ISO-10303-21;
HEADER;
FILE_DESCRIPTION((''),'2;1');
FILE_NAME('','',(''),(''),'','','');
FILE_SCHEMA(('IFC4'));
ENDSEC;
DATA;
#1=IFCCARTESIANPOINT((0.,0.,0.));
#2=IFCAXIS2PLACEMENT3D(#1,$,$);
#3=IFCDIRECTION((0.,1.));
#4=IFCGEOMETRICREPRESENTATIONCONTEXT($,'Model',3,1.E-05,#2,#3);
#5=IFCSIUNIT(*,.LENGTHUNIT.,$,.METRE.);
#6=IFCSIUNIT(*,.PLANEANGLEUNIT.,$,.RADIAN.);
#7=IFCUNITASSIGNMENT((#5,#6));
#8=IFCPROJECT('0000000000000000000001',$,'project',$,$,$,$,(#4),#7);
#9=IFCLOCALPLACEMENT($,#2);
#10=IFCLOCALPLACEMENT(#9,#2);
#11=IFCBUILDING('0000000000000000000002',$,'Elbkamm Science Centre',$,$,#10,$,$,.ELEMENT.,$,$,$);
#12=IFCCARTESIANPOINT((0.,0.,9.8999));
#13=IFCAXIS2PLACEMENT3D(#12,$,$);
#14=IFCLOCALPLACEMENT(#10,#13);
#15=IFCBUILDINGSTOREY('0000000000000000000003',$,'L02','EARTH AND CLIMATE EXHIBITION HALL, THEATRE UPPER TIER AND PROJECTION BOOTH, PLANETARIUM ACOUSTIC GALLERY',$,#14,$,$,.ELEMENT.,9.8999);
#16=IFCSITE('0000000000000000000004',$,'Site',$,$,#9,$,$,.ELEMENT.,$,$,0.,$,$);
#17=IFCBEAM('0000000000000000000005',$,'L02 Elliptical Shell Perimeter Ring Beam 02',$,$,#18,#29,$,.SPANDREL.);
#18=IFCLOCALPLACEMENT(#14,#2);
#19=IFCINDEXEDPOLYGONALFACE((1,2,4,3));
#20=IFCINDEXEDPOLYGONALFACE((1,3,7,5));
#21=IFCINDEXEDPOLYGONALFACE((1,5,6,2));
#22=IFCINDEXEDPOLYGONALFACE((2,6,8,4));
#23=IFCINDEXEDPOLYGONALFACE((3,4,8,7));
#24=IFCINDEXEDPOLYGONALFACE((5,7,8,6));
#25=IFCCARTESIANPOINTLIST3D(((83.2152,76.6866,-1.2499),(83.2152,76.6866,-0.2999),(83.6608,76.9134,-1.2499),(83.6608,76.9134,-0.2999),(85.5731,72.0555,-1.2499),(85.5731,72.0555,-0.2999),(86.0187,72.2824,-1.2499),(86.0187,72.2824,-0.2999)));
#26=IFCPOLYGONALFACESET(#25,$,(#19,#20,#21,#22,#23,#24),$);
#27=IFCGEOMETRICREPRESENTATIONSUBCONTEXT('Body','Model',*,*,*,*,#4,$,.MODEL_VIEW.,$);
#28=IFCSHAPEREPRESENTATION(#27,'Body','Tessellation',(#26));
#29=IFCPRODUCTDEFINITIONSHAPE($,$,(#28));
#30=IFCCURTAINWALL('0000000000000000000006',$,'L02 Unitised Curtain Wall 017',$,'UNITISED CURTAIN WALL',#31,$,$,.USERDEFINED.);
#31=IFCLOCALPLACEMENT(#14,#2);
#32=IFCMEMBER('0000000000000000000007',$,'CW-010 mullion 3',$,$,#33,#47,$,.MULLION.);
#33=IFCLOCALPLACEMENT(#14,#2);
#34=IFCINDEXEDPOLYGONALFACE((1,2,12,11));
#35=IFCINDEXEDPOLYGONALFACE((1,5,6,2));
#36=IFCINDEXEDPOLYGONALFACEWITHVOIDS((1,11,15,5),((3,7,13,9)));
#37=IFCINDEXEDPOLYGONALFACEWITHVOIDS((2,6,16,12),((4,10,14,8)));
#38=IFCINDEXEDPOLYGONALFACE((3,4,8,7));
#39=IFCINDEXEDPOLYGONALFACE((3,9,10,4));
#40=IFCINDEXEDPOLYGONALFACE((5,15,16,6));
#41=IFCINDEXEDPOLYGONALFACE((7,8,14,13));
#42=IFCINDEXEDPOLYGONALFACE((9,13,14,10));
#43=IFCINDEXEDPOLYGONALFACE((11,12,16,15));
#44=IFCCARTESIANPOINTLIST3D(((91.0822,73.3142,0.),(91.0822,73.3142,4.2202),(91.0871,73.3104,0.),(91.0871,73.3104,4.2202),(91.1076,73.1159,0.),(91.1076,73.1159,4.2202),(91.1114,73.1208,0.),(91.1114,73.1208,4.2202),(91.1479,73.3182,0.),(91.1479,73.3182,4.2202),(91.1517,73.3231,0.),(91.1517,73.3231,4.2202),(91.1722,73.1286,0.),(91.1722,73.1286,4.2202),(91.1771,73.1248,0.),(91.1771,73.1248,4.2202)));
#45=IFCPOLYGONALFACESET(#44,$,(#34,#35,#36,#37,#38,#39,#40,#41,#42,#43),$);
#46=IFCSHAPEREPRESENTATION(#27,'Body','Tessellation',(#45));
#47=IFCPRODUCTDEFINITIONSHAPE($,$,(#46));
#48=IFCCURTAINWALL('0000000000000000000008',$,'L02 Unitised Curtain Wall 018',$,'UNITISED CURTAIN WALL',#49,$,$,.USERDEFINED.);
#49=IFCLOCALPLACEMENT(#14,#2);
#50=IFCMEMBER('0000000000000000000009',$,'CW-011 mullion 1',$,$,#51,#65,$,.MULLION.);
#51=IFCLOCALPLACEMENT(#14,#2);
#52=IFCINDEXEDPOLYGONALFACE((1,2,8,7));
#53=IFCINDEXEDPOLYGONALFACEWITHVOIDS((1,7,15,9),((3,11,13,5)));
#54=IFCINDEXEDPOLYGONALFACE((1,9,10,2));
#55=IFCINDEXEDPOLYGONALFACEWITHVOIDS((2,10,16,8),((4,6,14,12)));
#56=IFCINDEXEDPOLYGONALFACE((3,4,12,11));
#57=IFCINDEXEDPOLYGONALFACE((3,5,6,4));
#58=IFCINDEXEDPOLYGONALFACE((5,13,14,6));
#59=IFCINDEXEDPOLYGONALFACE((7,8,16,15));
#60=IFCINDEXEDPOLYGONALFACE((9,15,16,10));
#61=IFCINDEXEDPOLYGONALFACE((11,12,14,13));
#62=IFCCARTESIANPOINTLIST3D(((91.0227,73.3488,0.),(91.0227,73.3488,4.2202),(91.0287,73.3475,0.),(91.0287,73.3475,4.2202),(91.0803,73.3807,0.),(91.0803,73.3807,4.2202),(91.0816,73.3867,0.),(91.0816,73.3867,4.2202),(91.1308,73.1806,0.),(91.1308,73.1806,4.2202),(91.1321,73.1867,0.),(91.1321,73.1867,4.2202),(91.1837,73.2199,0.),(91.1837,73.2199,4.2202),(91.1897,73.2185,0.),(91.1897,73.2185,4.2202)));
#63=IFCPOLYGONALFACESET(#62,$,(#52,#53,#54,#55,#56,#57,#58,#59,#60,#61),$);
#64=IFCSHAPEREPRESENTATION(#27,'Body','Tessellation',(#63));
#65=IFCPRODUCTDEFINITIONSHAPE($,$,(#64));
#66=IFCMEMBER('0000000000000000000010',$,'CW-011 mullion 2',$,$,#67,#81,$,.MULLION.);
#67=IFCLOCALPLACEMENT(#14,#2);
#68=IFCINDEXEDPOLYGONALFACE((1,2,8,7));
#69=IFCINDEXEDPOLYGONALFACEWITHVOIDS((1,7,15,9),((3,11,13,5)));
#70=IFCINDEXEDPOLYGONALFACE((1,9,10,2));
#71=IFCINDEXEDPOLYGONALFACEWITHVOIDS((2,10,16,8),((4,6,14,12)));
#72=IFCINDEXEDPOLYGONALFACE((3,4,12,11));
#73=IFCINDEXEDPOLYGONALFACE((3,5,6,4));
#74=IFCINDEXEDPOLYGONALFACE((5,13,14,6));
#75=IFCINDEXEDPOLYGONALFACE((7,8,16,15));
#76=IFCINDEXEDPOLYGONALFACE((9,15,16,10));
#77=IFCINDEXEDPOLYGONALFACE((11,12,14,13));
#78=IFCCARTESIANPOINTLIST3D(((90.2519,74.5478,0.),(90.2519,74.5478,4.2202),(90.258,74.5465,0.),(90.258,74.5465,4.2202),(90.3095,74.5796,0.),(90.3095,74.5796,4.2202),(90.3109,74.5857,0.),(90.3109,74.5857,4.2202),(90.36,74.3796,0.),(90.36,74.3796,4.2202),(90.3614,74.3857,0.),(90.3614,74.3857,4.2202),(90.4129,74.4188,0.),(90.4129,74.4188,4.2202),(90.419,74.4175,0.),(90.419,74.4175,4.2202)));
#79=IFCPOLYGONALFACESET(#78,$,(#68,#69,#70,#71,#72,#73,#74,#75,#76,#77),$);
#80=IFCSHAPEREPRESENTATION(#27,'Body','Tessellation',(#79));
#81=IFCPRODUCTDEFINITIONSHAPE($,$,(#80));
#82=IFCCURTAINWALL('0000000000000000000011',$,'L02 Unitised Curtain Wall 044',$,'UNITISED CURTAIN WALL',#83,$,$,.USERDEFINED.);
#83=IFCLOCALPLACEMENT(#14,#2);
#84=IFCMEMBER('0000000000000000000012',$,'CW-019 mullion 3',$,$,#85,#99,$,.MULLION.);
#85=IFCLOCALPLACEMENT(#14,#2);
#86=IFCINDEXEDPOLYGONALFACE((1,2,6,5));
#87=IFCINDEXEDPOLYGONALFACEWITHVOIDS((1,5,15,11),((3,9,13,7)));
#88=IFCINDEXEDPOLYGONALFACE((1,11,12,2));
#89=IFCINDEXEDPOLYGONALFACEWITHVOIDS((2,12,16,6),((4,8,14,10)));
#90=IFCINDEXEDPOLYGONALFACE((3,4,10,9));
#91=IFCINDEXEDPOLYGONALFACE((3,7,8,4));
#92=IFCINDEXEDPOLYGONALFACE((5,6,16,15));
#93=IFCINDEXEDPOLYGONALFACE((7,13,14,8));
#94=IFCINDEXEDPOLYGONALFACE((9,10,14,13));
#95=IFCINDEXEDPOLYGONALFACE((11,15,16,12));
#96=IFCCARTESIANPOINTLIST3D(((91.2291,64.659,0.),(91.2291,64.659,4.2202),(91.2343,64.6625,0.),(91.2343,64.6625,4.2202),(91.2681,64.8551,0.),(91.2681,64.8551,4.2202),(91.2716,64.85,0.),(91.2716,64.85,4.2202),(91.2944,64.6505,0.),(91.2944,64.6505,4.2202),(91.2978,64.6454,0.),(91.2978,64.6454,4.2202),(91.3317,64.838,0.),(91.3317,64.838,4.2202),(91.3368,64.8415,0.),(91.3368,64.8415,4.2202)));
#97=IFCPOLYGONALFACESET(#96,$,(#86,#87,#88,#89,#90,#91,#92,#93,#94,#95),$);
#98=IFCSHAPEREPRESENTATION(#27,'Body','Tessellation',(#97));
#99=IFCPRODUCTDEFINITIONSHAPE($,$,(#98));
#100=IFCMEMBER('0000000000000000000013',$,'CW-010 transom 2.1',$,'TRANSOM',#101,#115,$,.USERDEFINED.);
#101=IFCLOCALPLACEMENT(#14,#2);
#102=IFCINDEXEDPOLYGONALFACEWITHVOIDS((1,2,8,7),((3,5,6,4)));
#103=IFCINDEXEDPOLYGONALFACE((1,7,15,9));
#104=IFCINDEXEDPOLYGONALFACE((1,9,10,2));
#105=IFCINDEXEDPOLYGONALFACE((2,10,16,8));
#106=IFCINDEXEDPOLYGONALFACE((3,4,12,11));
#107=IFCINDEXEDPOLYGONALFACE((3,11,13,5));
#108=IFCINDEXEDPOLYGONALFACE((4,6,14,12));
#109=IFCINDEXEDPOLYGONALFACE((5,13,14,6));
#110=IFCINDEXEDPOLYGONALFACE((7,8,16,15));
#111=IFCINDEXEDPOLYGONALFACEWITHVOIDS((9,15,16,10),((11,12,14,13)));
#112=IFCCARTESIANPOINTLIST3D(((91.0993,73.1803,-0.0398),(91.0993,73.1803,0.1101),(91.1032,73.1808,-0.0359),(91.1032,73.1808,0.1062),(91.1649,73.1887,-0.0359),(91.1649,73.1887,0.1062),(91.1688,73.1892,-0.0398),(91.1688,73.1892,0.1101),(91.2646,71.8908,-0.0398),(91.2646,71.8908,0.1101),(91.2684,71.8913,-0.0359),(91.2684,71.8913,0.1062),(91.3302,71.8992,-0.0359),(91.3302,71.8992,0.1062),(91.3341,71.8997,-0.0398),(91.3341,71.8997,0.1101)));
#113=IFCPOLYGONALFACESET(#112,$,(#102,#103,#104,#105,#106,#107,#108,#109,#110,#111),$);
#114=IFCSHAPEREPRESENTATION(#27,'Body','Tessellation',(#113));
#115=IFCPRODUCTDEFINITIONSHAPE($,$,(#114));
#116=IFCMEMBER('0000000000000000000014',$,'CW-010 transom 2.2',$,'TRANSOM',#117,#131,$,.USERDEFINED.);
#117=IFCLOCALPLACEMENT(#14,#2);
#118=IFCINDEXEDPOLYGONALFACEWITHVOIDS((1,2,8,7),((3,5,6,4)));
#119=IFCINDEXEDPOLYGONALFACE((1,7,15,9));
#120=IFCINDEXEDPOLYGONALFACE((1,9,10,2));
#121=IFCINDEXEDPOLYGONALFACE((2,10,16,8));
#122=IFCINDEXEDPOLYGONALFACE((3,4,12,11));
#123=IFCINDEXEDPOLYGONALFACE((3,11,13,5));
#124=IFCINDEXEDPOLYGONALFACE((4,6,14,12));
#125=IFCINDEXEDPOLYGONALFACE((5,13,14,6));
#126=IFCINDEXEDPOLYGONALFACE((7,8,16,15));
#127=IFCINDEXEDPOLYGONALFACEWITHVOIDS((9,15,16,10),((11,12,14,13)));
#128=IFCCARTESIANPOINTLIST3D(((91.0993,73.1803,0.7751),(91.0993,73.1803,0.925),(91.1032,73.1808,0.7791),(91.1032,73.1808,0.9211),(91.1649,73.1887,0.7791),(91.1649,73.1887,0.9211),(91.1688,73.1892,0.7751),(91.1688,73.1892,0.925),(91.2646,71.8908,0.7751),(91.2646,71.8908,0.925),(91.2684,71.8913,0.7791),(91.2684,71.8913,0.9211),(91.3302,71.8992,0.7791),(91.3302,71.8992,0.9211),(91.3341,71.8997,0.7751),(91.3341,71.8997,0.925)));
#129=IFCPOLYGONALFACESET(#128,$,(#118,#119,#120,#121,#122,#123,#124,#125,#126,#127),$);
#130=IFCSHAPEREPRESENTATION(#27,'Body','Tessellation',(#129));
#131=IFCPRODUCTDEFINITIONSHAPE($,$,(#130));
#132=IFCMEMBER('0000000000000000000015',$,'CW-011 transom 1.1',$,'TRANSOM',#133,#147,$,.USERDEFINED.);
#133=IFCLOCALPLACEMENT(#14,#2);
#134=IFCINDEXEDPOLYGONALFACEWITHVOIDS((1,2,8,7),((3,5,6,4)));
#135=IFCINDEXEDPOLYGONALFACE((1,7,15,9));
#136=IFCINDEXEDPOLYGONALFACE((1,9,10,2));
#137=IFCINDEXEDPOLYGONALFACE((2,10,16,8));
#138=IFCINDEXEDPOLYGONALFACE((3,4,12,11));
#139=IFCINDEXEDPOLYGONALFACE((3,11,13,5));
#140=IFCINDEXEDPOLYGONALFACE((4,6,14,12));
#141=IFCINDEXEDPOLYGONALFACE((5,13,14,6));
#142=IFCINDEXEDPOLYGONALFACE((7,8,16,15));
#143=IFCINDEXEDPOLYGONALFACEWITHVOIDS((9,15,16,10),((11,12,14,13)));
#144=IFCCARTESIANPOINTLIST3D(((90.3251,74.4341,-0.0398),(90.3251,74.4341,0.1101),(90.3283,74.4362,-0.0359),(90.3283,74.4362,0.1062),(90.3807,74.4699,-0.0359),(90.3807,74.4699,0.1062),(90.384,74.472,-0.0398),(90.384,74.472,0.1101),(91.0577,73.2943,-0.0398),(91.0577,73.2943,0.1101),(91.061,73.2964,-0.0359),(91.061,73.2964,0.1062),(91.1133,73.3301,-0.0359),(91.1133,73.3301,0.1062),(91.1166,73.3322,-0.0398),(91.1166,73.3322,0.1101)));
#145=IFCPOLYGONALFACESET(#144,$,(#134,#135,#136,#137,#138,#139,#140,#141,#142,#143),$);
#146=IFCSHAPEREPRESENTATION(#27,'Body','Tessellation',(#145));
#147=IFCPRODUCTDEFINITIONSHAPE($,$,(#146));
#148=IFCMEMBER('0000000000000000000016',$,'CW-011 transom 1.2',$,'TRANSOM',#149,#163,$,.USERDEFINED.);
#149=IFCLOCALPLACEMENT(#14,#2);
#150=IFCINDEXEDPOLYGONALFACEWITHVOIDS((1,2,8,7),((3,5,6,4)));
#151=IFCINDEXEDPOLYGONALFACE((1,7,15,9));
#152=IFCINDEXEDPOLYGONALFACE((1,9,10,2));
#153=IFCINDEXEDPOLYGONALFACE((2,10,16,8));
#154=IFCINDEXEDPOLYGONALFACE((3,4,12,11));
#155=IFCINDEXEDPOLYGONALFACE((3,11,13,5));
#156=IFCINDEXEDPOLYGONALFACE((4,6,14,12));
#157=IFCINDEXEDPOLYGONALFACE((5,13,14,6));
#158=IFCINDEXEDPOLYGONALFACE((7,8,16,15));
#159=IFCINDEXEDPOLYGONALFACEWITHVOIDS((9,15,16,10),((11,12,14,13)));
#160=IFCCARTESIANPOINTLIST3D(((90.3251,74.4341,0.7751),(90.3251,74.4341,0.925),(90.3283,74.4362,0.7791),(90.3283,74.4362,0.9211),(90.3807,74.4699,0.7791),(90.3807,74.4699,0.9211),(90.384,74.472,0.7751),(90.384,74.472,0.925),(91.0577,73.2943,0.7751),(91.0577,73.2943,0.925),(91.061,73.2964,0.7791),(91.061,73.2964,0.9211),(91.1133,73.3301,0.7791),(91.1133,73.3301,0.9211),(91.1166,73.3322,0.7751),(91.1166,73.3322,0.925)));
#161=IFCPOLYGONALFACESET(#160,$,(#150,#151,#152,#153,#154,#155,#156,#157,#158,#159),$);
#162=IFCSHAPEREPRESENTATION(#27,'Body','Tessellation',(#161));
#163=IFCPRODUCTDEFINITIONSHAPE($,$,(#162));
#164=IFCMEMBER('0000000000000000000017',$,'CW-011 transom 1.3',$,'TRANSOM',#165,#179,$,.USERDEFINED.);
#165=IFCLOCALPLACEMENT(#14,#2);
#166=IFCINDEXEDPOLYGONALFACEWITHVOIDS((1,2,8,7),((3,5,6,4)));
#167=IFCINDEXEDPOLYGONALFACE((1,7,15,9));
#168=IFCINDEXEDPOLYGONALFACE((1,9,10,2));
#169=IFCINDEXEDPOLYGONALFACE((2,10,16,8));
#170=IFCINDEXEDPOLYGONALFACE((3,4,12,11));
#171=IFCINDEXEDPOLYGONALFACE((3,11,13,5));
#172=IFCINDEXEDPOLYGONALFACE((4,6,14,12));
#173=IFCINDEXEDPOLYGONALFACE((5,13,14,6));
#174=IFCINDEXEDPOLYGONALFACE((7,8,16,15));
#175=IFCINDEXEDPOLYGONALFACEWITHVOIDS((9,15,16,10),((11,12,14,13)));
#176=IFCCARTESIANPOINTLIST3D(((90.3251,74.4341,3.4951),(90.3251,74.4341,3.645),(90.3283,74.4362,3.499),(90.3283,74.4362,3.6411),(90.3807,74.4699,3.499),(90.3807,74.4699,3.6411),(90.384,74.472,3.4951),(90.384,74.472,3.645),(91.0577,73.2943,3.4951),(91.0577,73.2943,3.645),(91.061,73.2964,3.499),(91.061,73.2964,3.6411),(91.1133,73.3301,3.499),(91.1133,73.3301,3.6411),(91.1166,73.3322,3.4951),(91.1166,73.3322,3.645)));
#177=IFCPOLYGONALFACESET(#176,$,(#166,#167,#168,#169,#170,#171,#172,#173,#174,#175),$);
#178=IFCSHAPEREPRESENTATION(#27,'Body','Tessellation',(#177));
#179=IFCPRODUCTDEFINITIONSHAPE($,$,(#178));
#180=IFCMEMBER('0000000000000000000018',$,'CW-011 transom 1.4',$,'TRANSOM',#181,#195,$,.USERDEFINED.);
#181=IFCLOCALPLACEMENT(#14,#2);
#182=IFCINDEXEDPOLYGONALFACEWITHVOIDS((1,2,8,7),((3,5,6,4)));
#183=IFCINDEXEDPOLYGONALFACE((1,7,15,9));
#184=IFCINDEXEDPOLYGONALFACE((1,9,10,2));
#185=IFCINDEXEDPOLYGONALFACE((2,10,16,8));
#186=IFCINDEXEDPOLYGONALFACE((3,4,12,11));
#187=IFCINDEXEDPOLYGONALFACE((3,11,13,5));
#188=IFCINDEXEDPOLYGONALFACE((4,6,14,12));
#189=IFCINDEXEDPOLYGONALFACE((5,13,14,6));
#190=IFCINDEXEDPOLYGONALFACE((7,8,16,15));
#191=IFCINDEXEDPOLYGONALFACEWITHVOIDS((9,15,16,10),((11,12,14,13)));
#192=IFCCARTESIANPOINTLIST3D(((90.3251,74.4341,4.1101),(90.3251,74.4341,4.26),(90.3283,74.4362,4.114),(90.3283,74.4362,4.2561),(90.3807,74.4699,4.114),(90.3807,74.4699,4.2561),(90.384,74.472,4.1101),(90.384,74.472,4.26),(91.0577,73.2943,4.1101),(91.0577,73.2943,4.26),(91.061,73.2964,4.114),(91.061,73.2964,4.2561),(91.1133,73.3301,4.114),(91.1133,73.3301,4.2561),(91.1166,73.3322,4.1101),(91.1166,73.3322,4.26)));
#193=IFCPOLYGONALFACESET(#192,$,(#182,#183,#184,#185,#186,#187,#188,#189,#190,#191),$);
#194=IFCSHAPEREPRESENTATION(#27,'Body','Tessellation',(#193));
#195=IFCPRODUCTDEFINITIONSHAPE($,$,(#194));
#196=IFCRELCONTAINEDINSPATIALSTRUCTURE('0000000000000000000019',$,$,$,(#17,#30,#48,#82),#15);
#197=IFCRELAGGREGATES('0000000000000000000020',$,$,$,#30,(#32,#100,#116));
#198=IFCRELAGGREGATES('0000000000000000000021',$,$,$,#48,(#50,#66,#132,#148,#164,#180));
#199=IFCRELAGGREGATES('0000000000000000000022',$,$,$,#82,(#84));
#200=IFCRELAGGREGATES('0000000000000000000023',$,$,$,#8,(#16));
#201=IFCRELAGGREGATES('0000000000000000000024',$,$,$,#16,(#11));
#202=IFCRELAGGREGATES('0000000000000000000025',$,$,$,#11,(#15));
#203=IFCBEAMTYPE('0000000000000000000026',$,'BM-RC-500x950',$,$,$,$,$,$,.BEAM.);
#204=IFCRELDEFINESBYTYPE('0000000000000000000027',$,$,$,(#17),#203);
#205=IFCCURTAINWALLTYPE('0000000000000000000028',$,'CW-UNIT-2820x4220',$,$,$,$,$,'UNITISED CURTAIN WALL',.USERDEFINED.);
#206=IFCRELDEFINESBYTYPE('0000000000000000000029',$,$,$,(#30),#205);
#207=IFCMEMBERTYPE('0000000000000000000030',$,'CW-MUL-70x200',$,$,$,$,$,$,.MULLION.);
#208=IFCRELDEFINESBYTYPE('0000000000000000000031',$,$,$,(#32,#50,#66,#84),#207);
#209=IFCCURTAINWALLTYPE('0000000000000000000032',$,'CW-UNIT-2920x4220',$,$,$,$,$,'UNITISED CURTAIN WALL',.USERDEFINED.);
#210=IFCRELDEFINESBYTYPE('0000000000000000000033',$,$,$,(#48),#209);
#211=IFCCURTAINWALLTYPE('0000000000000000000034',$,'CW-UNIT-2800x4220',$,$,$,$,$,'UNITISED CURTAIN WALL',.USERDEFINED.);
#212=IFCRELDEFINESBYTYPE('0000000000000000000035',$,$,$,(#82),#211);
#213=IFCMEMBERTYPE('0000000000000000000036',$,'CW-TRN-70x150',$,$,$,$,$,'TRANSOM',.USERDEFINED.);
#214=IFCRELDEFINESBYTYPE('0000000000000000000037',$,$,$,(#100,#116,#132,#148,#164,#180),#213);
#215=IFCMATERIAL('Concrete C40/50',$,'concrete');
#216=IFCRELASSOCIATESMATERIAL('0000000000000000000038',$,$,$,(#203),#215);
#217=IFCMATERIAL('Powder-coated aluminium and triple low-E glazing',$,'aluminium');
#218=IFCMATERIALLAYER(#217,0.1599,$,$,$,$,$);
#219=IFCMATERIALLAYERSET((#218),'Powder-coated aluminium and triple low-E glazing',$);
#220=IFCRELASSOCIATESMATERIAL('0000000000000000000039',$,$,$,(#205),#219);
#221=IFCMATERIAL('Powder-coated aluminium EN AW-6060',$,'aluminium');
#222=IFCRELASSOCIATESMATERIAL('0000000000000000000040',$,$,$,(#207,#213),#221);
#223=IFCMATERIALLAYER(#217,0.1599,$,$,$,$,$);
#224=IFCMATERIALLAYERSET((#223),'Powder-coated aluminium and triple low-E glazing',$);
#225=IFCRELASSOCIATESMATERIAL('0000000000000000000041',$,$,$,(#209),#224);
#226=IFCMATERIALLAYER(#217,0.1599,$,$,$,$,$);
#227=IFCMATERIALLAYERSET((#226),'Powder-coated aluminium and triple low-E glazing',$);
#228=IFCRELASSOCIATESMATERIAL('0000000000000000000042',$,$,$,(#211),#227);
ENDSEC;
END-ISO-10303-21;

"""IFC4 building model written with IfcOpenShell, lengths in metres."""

from ifc_helpers import new_model, si_unit, direction, frame, origin, origin_2d, place, context, subcontext, project, spatial, rectangle, hollow_rectangle, extrude, material, layer, layer_set, material_profile, profile_set, type_object, element, aggregate, save


model = new_model("IFC4")

# Units and contexts
model_context = context("Model", 3, precision=1e-05, world=origin(), true_north=direction((0.0, 1.0)))
body_context = subcontext(model_context, "Body", "Model", "MODEL_VIEW")
ifc_project = project(units=[si_unit("LENGTHUNIT", "METRE"), si_unit("PLANEANGLEUNIT", "RADIAN")], contexts=[model_context])

# Site, building, storey
site_placement = place(None, origin())
site = spatial("IfcSite", under=ifc_project, at=site_placement, Name="Site", CompositionType="ELEMENT", RefElevation=0.0)
building_placement = place(site_placement, origin())
building = spatial("IfcBuilding", under=site, at=building_placement, Name="Elbkamm Science Centre", CompositionType="ELEMENT")
storey_placement = place(building_placement, frame((0.0, 0.0, 9.8999)))
storey = spatial("IfcBuildingStorey", under=building, at=storey_placement, Name="L02", Description="EARTH AND CLIMATE EXHIBITION HALL, THEATRE UPPER TIER AND PROJECTION BOOTH, PLANETARIUM ACOUSTIC GALLERY", CompositionType="ELEMENT", Elevation=9.8999)

# Shared definitions
ifc_material_1 = material(Name="Concrete C40/50", Category="concrete")

# Beam
ifc_material_profile_1 = material_profile(ifc_material_1, rectangle(XDim=0.5, YDim=0.95, at=origin_2d()), Name="RC 500x950")
ifc_profile_set_1 = profile_set([ifc_material_profile_1], Name="Concrete C40/50")
beam_type_1 = type_object("IfcBeamType", Name="BM-RC-500x950", PredefinedType="BEAM", material=ifc_profile_set_1)
beam_1_placement = place(storey_placement, frame((85.7959, 72.1689, -0.7749), z_axis=(-0.453722, 0.891143, 0.0), x_axis=(-0.891143, -0.453722, 0.0)))
element("IfcBeam", 1, at=beam_1_placement, inside=storey, type_object=beam_type_1, Name="L02 Elliptical Shell Perimeter Ring Beam 02", PredefinedType="SPANDREL", context=body_context, shape_type="SweptSolid", body=[
    extrude(rectangle(XDim=0.5, YDim=0.95, at=origin_2d()), origin(), (0.0, 0.0, 1.0), 5.1968),
])

# Curtain wall, member
ifc_material_2 = material(Name="Powder-coated aluminium and triple low-E glazing", Category="aluminium")
ifc_layer_1 = layer(ifc_material_2, 0.1599)
ifc_layer_set_1 = layer_set([ifc_layer_1], Name="Powder-coated aluminium and triple low-E glazing")
curtain_wall_type_1 = type_object("IfcCurtainWallType", Name="CW-UNIT-2820x4220", ElementType="UNITISED CURTAIN WALL", PredefinedType="USERDEFINED", material=ifc_layer_set_1)
curtain_wall_1_placement = place(storey_placement, origin())
curtain_wall_1 = element("IfcCurtainWall", 2, at=curtain_wall_1_placement, inside=storey, type_object=curtain_wall_type_1, Name="L02 Unitised Curtain Wall 017", ObjectType="UNITISED CURTAIN WALL", PredefinedType="USERDEFINED")
ifc_material_3 = material(Name="Powder-coated aluminium EN AW-6060", Category="aluminium")
ifc_material_profile_2 = material_profile(ifc_material_3, hollow_rectangle(XDim=0.0701, YDim=0.2, WallThickness=0.0044, at=origin_2d()), Name="ALU M70x200")
ifc_profile_set_2 = profile_set([ifc_material_profile_2], Name="Powder-coated aluminium EN AW-6060")
member_type_1 = type_object("IfcMemberType", Name="CW-MUL-70x200", PredefinedType="MULLION", material=ifc_profile_set_2)
member_1_placement = place(storey_placement, frame((91.1296, 73.2195, 0.0), z_axis=(0.0, 0.0, 1.0), x_axis=(-0.99188, -0.127174, 0.0)))
member_1 = element("IfcMember", 3, at=member_1_placement, type_object=member_type_1, Name="CW-010 mullion 3", PredefinedType="MULLION", context=body_context, shape_type="SweptSolid", body=[
    extrude(hollow_rectangle(XDim=0.0701, YDim=0.2, WallThickness=0.0044, at=origin_2d()), origin(), (0.0, 0.0, 1.0), 4.2202),
])

# Curtain wall, members
ifc_layer_2 = layer(ifc_material_2, 0.1599)
ifc_layer_set_2 = layer_set([ifc_layer_2], Name="Powder-coated aluminium and triple low-E glazing")
curtain_wall_type_2 = type_object("IfcCurtainWallType", Name="CW-UNIT-2920x4220", ElementType="UNITISED CURTAIN WALL", PredefinedType="USERDEFINED", material=ifc_layer_set_2)
curtain_wall_2_placement = place(storey_placement, origin())
curtain_wall_2 = element("IfcCurtainWall", 4, at=curtain_wall_2_placement, inside=storey, type_object=curtain_wall_type_2, Name="L02 Unitised Curtain Wall 018", ObjectType="UNITISED CURTAIN WALL", PredefinedType="USERDEFINED")
member_2_placement = place(storey_placement, frame((91.1062, 73.2837, 0.0), z_axis=(0.0, 0.0, 1.0), x_axis=(-0.841211, -0.540707, 0.0)))
member_2 = element("IfcMember", 5, at=member_2_placement, type_object=member_type_1, Name="CW-011 mullion 1", PredefinedType="MULLION", context=body_context, shape_type="SweptSolid", body=[
    extrude(hollow_rectangle(XDim=0.0701, YDim=0.2, WallThickness=0.0044, at=origin_2d()), origin(), (0.0, 0.0, 1.0), 4.2202),
])
member_3_placement = place(storey_placement, frame((90.3354, 74.4827, 0.0), z_axis=(0.0, 0.0, 1.0), x_axis=(-0.841211, -0.540707, 0.0)))
member_3 = element("IfcMember", 6, at=member_3_placement, type_object=member_type_1, Name="CW-011 mullion 2", PredefinedType="MULLION", context=body_context, shape_type="SweptSolid", body=[
    extrude(hollow_rectangle(XDim=0.0701, YDim=0.2, WallThickness=0.0044, at=origin_2d()), origin(), (0.0, 0.0, 1.0), 4.2202),
])

# Curtain wall, member
ifc_layer_3 = layer(ifc_material_2, 0.1599)
ifc_layer_set_3 = layer_set([ifc_layer_3], Name="Powder-coated aluminium and triple low-E glazing")
curtain_wall_type_3 = type_object("IfcCurtainWallType", Name="CW-UNIT-2800x4220", ElementType="UNITISED CURTAIN WALL", PredefinedType="USERDEFINED", material=ifc_layer_set_3)
curtain_wall_3_placement = place(storey_placement, origin())
curtain_wall_3 = element("IfcCurtainWall", 7, at=curtain_wall_3_placement, inside=storey, type_object=curtain_wall_type_3, Name="L02 Unitised Curtain Wall 044", ObjectType="UNITISED CURTAIN WALL", PredefinedType="USERDEFINED")
member_4_placement = place(storey_placement, frame((91.283, 64.7502, 0.0), z_axis=(0.0, 0.0, 1.0), x_axis=(-0.980773, 0.195151, 0.0)))
member_4 = element("IfcMember", 8, at=member_4_placement, type_object=member_type_1, Name="CW-019 mullion 3", PredefinedType="MULLION", context=body_context, shape_type="SweptSolid", body=[
    extrude(hollow_rectangle(XDim=0.0701, YDim=0.2, WallThickness=0.0044, at=origin_2d()), origin(), (0.0, 0.0, 1.0), 4.2202),
])

# Members
ifc_material_profile_3 = material_profile(ifc_material_3, hollow_rectangle(XDim=0.0701, YDim=0.1499, WallThickness=0.0039, at=origin_2d()), Name="ALU T70x150")
ifc_profile_set_3 = profile_set([ifc_material_profile_3], Name="Powder-coated aluminium EN AW-6060")
member_type_2 = type_object("IfcMemberType", Name="CW-TRN-70x150", ElementType="TRANSOM", PredefinedType="USERDEFINED", material=ifc_profile_set_3)
member_5_placement = place(storey_placement, frame((91.2993, 71.8953, 0.0352), z_axis=(-0.127131, 0.991886, 0.0), x_axis=(-0.991886, -0.127131, 0.0)))
member_5 = element("IfcMember", 9, at=member_5_placement, type_object=member_type_2, Name="CW-010 transom 2.1", ObjectType="TRANSOM", PredefinedType="USERDEFINED", context=body_context, shape_type="SweptSolid", body=[
    extrude(hollow_rectangle(XDim=0.0701, YDim=0.1499, WallThickness=0.0039, at=origin_2d()), origin(), (0.0, 0.0, 1.0), 1.3),
])
member_6_placement = place(storey_placement, frame((91.2993, 71.8953, 0.8501), z_axis=(-0.127131, 0.991886, 0.0), x_axis=(-0.991886, -0.127131, 0.0)))
member_6 = element("IfcMember", 10, at=member_6_placement, type_object=member_type_2, Name="CW-010 transom 2.2", ObjectType="TRANSOM", PredefinedType="USERDEFINED", context=body_context, shape_type="SweptSolid", body=[
    extrude(hollow_rectangle(XDim=0.0701, YDim=0.1499, WallThickness=0.0039, at=origin_2d()), origin(), (0.0, 0.0, 1.0), 1.3),
])
member_7_placement = place(storey_placement, frame((91.0872, 73.3132, 0.0352), z_axis=(-0.540694, 0.841219, 0.0), x_axis=(-0.841219, -0.540694, 0.0)))
member_7 = element("IfcMember", 11, at=member_7_placement, type_object=member_type_2, Name="CW-011 transom 1.1", ObjectType="TRANSOM", PredefinedType="USERDEFINED", context=body_context, shape_type="SweptSolid", body=[
    extrude(hollow_rectangle(XDim=0.0701, YDim=0.1499, WallThickness=0.0039, at=origin_2d()), origin(), (0.0, 0.0, 1.0), 1.355),
])
member_8_placement = place(storey_placement, frame((91.0872, 73.3132, 0.8501), z_axis=(-0.540694, 0.841219, 0.0), x_axis=(-0.841219, -0.540694, 0.0)))
member_8 = element("IfcMember", 12, at=member_8_placement, type_object=member_type_2, Name="CW-011 transom 1.2", ObjectType="TRANSOM", PredefinedType="USERDEFINED", context=body_context, shape_type="SweptSolid", body=[
    extrude(hollow_rectangle(XDim=0.0701, YDim=0.1499, WallThickness=0.0039, at=origin_2d()), origin(), (0.0, 0.0, 1.0), 1.355),
])
member_9_placement = place(storey_placement, frame((91.0872, 73.3132, 3.5701), z_axis=(-0.540694, 0.841219, 0.0), x_axis=(-0.841219, -0.540694, 0.0)))
member_9 = element("IfcMember", 13, at=member_9_placement, type_object=member_type_2, Name="CW-011 transom 1.3", ObjectType="TRANSOM", PredefinedType="USERDEFINED", context=body_context, shape_type="SweptSolid", body=[
    extrude(hollow_rectangle(XDim=0.0701, YDim=0.1499, WallThickness=0.0039, at=origin_2d()), origin(), (0.0, 0.0, 1.0), 1.355),
])
member_10_placement = place(storey_placement, frame((91.0872, 73.3132, 4.1851), z_axis=(-0.540694, 0.841219, 0.0), x_axis=(-0.841219, -0.540694, 0.0)))
member_10 = element("IfcMember", 14, at=member_10_placement, type_object=member_type_2, Name="CW-011 transom 1.4", ObjectType="TRANSOM", PredefinedType="USERDEFINED", context=body_context, shape_type="SweptSolid", body=[
    extrude(hollow_rectangle(XDim=0.0701, YDim=0.1499, WallThickness=0.0039, at=origin_2d()), origin(), (0.0, 0.0, 1.0), 1.355),
])

aggregate(curtain_wall_1, [member_1, member_5, member_6])
aggregate(curtain_wall_2, [member_2, member_3, member_7, member_8, member_9, member_10])
aggregate(curtain_wall_3, [member_4])

save(model, "model.ifc")
